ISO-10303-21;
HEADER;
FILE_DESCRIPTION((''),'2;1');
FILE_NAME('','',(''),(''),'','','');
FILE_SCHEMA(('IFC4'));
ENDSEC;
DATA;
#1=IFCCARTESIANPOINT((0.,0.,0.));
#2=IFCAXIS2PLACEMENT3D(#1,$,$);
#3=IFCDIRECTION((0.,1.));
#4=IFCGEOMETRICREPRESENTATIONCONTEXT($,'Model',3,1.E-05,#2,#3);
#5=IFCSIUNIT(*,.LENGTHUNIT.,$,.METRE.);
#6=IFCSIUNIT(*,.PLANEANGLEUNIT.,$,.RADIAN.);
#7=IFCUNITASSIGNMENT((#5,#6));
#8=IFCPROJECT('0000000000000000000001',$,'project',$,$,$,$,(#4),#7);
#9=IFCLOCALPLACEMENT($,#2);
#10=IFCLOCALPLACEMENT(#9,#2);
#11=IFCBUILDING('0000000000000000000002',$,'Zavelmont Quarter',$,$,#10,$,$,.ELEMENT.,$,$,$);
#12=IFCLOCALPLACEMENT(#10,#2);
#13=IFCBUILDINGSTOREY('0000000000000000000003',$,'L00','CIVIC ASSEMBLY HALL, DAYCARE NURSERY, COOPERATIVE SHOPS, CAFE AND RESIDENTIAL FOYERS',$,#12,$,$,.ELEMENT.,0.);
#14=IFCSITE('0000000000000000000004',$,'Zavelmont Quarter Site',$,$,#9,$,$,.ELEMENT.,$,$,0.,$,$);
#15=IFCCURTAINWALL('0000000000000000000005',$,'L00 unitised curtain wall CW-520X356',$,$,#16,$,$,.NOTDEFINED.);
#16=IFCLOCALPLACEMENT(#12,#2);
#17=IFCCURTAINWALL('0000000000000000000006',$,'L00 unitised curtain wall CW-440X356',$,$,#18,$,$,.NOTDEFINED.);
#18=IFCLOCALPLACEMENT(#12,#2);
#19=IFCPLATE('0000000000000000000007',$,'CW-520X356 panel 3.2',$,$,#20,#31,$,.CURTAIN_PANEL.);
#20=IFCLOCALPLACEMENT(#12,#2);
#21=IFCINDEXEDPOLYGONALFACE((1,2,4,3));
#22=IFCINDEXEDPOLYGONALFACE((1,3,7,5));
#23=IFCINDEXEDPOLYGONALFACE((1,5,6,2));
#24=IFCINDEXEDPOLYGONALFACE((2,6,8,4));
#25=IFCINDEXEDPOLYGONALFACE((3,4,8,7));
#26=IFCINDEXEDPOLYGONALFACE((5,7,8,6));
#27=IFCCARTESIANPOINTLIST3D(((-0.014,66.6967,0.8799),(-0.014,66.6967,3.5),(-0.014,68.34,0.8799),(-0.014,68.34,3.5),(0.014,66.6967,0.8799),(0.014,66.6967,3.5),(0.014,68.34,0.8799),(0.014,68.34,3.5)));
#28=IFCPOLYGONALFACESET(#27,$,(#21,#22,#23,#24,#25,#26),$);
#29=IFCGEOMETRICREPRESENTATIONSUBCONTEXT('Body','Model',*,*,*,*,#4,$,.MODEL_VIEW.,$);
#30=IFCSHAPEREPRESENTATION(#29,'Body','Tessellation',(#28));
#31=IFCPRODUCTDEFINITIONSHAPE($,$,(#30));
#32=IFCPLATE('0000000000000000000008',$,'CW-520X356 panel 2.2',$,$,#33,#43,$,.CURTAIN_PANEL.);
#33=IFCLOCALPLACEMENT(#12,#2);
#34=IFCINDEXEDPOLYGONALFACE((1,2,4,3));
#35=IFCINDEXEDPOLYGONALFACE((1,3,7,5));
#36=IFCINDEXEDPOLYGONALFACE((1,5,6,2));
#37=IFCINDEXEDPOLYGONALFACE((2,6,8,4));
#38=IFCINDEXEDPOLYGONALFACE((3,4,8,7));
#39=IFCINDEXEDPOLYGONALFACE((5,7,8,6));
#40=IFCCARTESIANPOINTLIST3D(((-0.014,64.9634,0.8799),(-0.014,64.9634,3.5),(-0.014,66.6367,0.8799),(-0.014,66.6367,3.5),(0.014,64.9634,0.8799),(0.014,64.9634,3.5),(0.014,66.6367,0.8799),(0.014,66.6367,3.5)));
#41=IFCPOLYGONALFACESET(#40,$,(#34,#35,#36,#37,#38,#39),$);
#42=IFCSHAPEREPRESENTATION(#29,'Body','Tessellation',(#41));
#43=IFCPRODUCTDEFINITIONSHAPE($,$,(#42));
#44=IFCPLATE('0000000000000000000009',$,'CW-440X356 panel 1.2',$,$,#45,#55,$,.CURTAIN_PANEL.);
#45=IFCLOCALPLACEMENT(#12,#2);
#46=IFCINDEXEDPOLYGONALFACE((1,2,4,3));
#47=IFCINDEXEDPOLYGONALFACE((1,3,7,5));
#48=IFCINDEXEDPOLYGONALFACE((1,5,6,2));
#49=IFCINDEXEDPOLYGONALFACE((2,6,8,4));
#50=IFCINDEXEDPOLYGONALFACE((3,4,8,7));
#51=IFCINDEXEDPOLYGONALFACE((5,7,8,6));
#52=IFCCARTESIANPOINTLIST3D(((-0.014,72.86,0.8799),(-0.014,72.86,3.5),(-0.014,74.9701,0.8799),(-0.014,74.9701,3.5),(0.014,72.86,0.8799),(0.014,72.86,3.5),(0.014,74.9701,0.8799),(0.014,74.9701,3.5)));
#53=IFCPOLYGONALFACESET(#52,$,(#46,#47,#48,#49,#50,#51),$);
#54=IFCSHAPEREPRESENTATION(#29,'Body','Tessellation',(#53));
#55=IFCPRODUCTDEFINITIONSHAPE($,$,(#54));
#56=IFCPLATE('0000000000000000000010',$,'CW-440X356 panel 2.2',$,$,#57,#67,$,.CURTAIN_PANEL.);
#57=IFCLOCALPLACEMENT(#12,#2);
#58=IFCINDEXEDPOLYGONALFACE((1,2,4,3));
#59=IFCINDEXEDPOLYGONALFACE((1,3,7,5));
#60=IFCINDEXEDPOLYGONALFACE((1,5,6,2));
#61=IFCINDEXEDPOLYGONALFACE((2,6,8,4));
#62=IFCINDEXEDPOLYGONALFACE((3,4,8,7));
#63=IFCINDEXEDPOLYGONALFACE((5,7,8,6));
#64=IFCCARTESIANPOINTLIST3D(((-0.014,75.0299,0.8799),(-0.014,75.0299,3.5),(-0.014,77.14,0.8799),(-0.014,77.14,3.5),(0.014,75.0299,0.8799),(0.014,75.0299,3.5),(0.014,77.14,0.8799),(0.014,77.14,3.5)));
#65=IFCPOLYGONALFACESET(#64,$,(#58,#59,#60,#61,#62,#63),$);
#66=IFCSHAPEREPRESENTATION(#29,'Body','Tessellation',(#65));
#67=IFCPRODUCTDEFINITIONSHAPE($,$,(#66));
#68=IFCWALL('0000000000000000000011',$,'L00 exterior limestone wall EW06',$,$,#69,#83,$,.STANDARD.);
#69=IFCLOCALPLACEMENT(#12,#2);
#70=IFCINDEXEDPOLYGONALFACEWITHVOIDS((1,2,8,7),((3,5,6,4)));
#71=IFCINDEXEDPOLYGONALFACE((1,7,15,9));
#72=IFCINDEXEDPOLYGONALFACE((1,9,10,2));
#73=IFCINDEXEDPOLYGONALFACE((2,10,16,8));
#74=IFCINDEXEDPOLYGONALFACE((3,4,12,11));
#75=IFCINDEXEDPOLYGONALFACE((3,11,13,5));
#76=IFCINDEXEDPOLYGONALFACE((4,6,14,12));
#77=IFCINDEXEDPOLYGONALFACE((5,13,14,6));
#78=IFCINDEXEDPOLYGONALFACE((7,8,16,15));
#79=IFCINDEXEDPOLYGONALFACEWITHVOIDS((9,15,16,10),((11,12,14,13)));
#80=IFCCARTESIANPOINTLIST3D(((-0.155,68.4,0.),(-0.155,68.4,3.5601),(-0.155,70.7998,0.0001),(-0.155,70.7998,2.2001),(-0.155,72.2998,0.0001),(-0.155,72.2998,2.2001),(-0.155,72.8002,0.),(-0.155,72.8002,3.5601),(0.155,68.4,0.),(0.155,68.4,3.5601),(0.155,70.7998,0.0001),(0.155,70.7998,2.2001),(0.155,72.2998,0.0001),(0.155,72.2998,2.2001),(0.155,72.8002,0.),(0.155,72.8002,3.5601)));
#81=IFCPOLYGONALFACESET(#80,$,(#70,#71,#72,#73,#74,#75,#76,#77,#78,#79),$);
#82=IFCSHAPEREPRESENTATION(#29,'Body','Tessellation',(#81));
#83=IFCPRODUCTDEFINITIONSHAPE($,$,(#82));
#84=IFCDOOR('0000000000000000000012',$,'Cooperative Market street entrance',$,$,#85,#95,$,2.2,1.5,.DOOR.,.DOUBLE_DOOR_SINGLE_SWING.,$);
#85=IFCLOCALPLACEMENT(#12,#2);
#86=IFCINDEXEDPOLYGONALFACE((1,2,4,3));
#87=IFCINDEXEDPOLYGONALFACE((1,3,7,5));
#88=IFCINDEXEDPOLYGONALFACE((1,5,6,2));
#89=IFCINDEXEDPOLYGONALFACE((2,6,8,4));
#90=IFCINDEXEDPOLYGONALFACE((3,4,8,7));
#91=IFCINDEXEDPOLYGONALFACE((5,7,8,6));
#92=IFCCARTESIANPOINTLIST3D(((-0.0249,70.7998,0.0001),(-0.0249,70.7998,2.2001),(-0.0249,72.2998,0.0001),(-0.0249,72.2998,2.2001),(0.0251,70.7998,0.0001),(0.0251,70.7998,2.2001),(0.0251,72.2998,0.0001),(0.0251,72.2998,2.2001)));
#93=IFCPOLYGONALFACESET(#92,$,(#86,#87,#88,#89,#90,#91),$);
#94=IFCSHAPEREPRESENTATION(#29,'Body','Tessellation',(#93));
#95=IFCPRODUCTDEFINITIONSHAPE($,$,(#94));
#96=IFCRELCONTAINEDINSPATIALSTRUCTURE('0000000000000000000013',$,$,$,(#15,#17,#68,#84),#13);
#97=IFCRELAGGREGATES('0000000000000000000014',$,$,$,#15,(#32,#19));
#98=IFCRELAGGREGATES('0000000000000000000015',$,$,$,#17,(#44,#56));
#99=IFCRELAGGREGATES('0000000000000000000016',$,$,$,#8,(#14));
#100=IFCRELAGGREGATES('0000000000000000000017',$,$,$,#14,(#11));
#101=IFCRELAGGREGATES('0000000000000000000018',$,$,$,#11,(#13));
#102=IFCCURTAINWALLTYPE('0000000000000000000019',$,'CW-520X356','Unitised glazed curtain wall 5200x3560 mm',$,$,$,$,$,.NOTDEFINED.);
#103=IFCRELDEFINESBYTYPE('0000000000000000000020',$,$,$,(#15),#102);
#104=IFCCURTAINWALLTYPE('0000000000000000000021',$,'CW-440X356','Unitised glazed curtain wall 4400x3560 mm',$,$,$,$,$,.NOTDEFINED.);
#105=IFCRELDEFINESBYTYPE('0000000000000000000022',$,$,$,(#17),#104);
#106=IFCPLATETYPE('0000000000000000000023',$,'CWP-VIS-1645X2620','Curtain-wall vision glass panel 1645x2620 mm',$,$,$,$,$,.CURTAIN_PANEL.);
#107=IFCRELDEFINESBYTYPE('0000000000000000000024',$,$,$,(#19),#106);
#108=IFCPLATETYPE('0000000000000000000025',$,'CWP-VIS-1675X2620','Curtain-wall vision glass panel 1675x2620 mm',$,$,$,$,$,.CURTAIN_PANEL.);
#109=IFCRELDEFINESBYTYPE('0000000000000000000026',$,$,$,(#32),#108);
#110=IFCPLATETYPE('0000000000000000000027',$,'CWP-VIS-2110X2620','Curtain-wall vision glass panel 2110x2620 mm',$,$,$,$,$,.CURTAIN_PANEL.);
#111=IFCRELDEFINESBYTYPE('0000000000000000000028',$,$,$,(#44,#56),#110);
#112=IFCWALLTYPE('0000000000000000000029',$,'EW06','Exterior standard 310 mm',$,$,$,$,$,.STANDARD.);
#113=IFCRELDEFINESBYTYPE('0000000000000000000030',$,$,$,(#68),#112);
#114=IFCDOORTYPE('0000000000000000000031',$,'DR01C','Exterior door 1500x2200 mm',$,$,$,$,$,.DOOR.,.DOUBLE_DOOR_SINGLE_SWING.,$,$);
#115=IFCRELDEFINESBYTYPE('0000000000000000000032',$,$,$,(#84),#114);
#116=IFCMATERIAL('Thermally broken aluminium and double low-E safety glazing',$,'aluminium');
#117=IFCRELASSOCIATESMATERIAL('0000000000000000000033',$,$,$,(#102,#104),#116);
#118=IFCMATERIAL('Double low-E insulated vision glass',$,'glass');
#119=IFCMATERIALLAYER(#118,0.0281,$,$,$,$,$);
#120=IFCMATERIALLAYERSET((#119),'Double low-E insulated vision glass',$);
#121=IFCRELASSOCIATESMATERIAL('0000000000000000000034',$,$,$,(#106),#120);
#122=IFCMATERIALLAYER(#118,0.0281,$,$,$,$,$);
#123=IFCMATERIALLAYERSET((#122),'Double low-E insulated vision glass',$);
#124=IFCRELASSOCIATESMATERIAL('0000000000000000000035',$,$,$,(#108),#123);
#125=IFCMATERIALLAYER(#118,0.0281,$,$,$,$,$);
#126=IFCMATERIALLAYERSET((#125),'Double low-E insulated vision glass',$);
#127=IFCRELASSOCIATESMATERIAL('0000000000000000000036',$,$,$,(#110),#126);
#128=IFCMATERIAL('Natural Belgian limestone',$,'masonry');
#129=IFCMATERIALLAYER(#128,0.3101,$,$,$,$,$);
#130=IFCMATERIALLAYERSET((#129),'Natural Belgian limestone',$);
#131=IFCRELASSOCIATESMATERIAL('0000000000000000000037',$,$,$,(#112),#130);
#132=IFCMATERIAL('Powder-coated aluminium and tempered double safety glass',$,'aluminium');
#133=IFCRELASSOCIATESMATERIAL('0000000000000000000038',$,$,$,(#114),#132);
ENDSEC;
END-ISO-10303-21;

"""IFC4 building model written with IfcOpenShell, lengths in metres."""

from ifc_helpers import new_model, si_unit, direction, frame, frame_2d, origin, origin_with_axes, origin_2d, place, context, subcontext, project, spatial, rectangle, extrude, material, layer, layer_set, type_object, element, fill, aggregate, save


model = new_model("IFC4")

# Units and contexts
model_context = context("Model", 3, precision=1e-05, world=origin(), true_north=direction((0.0, 1.0)))
body_context = subcontext(model_context, "Body", "Model", "MODEL_VIEW")
ifc_project = project(units=[si_unit("LENGTHUNIT", "METRE"), si_unit("PLANEANGLEUNIT", "RADIAN")], contexts=[model_context])

# Site, building, storey
site_placement = place(None, origin())
site = spatial("IfcSite", under=ifc_project, at=site_placement, Name="Zavelmont Quarter Site", CompositionType="ELEMENT", RefElevation=0.0)
building_placement = place(site_placement, origin())
building = spatial("IfcBuilding", under=site, at=building_placement, Name="Zavelmont Quarter", CompositionType="ELEMENT")
storey_placement = place(building_placement, origin())
storey = spatial("IfcBuildingStorey", under=building, at=storey_placement, Name="L00", Description="CIVIC ASSEMBLY HALL, DAYCARE NURSERY, COOPERATIVE SHOPS, CAFE AND RESIDENTIAL FOYERS", CompositionType="ELEMENT", Elevation=0.0)

# Curtain walls
ifc_material_1 = material(Name="Thermally broken aluminium and double low-E safety glazing", Category="aluminium")
curtain_wall_type_1 = type_object("IfcCurtainWallType", Name="CW-520X356", Description="Unitised glazed curtain wall 5200x3560 mm", PredefinedType="NOTDEFINED", material=ifc_material_1)
curtain_wall_1_placement = place(storey_placement, origin())
curtain_wall_1 = element("IfcCurtainWall", 1, at=curtain_wall_1_placement, inside=storey, type_object=curtain_wall_type_1, Name="L00 unitised curtain wall CW-520X356", PredefinedType="NOTDEFINED")
curtain_wall_type_2 = type_object("IfcCurtainWallType", Name="CW-440X356", Description="Unitised glazed curtain wall 4400x3560 mm", PredefinedType="NOTDEFINED", material=ifc_material_1)
curtain_wall_2_placement = place(storey_placement, origin())
curtain_wall_2 = element("IfcCurtainWall", 2, at=curtain_wall_2_placement, inside=storey, type_object=curtain_wall_type_2, Name="L00 unitised curtain wall CW-440X356", PredefinedType="NOTDEFINED")

# Plates
ifc_material_2 = material(Name="Double low-E insulated vision glass", Category="glass")
ifc_layer_1 = layer(ifc_material_2, 0.0281)
ifc_layer_set_1 = layer_set([ifc_layer_1], Name="Double low-E insulated vision glass")
plate_type_1 = type_object("IfcPlateType", Name="CWP-VIS-1645X2620", Description="Curtain-wall vision glass panel 1645x2620 mm", PredefinedType="CURTAIN_PANEL", material=ifc_layer_set_1)
plate_1_placement = place(storey_placement, frame((0.0, 67.5183, 0.8799), z_axis=(0.0, 0.0, 1.0), x_axis=(0.0, 1.0, 0.0)))
plate_1 = element("IfcPlate", 3, at=plate_1_placement, type_object=plate_type_1, Name="CW-520X356 panel 3.2", PredefinedType="CURTAIN_PANEL", context=body_context, shape_type="SweptSolid", body=[
    extrude(rectangle(XDim=1.6433, YDim=0.0281, at=origin_2d()), origin(), (0.0, 0.0, 1.0), 2.6201),
])
ifc_layer_2 = layer(ifc_material_2, 0.0281)
ifc_layer_set_2 = layer_set([ifc_layer_2], Name="Double low-E insulated vision glass")
plate_type_2 = type_object("IfcPlateType", Name="CWP-VIS-1675X2620", Description="Curtain-wall vision glass panel 1675x2620 mm", PredefinedType="CURTAIN_PANEL", material=ifc_layer_set_2)
plate_2_placement = place(storey_placement, frame((0.0, 65.8, 0.8799), z_axis=(0.0, 0.0, 1.0), x_axis=(0.0, 1.0, 0.0)))
plate_2 = element("IfcPlate", 4, at=plate_2_placement, type_object=plate_type_2, Name="CW-520X356 panel 2.2", PredefinedType="CURTAIN_PANEL", context=body_context, shape_type="SweptSolid", body=[
    extrude(rectangle(XDim=1.6733, YDim=0.0281, at=origin_2d()), origin(), (0.0, 0.0, 1.0), 2.6201),
])
aggregate(curtain_wall_1, [plate_2, plate_1])
ifc_layer_3 = layer(ifc_material_2, 0.0281)
ifc_layer_set_3 = layer_set([ifc_layer_3], Name="Double low-E insulated vision glass")
plate_type_3 = type_object("IfcPlateType", Name="CWP-VIS-2110X2620", Description="Curtain-wall vision glass panel 2110x2620 mm", PredefinedType="CURTAIN_PANEL", material=ifc_layer_set_3)
plate_3_placement = place(storey_placement, frame((0.0, 73.915, 0.8799), z_axis=(0.0, 0.0, 1.0), x_axis=(0.0, 1.0, 0.0)))
plate_3 = element("IfcPlate", 5, at=plate_3_placement, type_object=plate_type_3, Name="CW-440X356 panel 1.2", PredefinedType="CURTAIN_PANEL", context=body_context, shape_type="SweptSolid", body=[
    extrude(rectangle(XDim=2.1101, YDim=0.0281, at=origin_2d()), origin(), (0.0, 0.0, 1.0), 2.6201),
])
plate_4_placement = place(storey_placement, frame((0.0, 76.085, 0.8799), z_axis=(0.0, 0.0, 1.0), x_axis=(0.0, 1.0, 0.0)))
plate_4 = element("IfcPlate", 6, at=plate_4_placement, type_object=plate_type_3, Name="CW-440X356 panel 2.2", PredefinedType="CURTAIN_PANEL", context=body_context, shape_type="SweptSolid", body=[
    extrude(rectangle(XDim=2.1101, YDim=0.0281, at=origin_2d()), origin(), (0.0, 0.0, 1.0), 2.6201),
])
aggregate(curtain_wall_2, [plate_3, plate_4])

# Wall, opening, door
ifc_material_3 = material(Name="Natural Belgian limestone", Category="masonry")
ifc_layer_4 = layer(ifc_material_3, 0.3101)
ifc_layer_set_4 = layer_set([ifc_layer_4], Name="Natural Belgian limestone")
wall_type = type_object("IfcWallType", Name="EW06", Description="Exterior standard 310 mm", PredefinedType="STANDARD", material=ifc_layer_set_4)
wall_placement = place(storey_placement, frame((0.0, 68.3999, 0.0), z_axis=(0.0, 0.0, 1.0), x_axis=(0.0, 1.0, 0.0)))
wall = element("IfcWall", 7, at=wall_placement, inside=storey, type_object=wall_type, Name="L00 exterior limestone wall EW06", PredefinedType="STANDARD", context=body_context, shape_type="SweptSolid", body=[
    extrude(rectangle(XDim=4.4001, YDim=0.3101, at=frame_2d((2.2002, 0.0))), origin(), (0.0, 0.0, 1.0), 3.5601),
])
opening_placement = place(wall_placement, frame((2.3999, 0.0, 0.0)))
opening = element("IfcOpeningElement", 8, at=opening_placement, cuts=wall, PredefinedType="OPENING", context=body_context, shape_type="SweptSolid", body=[
    extrude(rectangle(XDim=1.5, YDim=2.2, at=frame_2d((0.75, 1.1001))), frame((0.0, 0.167, 0.0), z_axis=(0.0, -1.0, 0.0), x_axis=(1.0, 0.0, 0.0)), (0.0, 0.0, 1.0), 0.334),
])
ifc_material_4 = material(Name="Powder-coated aluminium and tempered double safety glass", Category="aluminium")
door_type = type_object("IfcDoorType", Name="DR01C", Description="Exterior door 1500x2200 mm", OperationType="DOUBLE_DOOR_SINGLE_SWING", PredefinedType="DOOR", material=ifc_material_4)
door_placement = place(opening_placement, origin_with_axes())
door = element("IfcDoor", 9, at=door_placement, inside=storey, type_object=door_type, Name="Cooperative Market street entrance", OperationType="DOUBLE_DOOR_SINGLE_SWING", OverallHeight=2.2, OverallWidth=1.5, PredefinedType="DOOR", context=body_context, shape_type="SweptSolid", body=[
    extrude(rectangle(XDim=1.5, YDim=2.2, at=frame_2d((0.75, 1.1001))), frame((0.0, 0.0249, 0.0), z_axis=(0.0, -1.0, 0.0), x_axis=(1.0, 0.0, 0.0)), (0.0, 0.0, 1.0), 0.05),
])
fill(opening, door)

save(model, "model.ifc")
